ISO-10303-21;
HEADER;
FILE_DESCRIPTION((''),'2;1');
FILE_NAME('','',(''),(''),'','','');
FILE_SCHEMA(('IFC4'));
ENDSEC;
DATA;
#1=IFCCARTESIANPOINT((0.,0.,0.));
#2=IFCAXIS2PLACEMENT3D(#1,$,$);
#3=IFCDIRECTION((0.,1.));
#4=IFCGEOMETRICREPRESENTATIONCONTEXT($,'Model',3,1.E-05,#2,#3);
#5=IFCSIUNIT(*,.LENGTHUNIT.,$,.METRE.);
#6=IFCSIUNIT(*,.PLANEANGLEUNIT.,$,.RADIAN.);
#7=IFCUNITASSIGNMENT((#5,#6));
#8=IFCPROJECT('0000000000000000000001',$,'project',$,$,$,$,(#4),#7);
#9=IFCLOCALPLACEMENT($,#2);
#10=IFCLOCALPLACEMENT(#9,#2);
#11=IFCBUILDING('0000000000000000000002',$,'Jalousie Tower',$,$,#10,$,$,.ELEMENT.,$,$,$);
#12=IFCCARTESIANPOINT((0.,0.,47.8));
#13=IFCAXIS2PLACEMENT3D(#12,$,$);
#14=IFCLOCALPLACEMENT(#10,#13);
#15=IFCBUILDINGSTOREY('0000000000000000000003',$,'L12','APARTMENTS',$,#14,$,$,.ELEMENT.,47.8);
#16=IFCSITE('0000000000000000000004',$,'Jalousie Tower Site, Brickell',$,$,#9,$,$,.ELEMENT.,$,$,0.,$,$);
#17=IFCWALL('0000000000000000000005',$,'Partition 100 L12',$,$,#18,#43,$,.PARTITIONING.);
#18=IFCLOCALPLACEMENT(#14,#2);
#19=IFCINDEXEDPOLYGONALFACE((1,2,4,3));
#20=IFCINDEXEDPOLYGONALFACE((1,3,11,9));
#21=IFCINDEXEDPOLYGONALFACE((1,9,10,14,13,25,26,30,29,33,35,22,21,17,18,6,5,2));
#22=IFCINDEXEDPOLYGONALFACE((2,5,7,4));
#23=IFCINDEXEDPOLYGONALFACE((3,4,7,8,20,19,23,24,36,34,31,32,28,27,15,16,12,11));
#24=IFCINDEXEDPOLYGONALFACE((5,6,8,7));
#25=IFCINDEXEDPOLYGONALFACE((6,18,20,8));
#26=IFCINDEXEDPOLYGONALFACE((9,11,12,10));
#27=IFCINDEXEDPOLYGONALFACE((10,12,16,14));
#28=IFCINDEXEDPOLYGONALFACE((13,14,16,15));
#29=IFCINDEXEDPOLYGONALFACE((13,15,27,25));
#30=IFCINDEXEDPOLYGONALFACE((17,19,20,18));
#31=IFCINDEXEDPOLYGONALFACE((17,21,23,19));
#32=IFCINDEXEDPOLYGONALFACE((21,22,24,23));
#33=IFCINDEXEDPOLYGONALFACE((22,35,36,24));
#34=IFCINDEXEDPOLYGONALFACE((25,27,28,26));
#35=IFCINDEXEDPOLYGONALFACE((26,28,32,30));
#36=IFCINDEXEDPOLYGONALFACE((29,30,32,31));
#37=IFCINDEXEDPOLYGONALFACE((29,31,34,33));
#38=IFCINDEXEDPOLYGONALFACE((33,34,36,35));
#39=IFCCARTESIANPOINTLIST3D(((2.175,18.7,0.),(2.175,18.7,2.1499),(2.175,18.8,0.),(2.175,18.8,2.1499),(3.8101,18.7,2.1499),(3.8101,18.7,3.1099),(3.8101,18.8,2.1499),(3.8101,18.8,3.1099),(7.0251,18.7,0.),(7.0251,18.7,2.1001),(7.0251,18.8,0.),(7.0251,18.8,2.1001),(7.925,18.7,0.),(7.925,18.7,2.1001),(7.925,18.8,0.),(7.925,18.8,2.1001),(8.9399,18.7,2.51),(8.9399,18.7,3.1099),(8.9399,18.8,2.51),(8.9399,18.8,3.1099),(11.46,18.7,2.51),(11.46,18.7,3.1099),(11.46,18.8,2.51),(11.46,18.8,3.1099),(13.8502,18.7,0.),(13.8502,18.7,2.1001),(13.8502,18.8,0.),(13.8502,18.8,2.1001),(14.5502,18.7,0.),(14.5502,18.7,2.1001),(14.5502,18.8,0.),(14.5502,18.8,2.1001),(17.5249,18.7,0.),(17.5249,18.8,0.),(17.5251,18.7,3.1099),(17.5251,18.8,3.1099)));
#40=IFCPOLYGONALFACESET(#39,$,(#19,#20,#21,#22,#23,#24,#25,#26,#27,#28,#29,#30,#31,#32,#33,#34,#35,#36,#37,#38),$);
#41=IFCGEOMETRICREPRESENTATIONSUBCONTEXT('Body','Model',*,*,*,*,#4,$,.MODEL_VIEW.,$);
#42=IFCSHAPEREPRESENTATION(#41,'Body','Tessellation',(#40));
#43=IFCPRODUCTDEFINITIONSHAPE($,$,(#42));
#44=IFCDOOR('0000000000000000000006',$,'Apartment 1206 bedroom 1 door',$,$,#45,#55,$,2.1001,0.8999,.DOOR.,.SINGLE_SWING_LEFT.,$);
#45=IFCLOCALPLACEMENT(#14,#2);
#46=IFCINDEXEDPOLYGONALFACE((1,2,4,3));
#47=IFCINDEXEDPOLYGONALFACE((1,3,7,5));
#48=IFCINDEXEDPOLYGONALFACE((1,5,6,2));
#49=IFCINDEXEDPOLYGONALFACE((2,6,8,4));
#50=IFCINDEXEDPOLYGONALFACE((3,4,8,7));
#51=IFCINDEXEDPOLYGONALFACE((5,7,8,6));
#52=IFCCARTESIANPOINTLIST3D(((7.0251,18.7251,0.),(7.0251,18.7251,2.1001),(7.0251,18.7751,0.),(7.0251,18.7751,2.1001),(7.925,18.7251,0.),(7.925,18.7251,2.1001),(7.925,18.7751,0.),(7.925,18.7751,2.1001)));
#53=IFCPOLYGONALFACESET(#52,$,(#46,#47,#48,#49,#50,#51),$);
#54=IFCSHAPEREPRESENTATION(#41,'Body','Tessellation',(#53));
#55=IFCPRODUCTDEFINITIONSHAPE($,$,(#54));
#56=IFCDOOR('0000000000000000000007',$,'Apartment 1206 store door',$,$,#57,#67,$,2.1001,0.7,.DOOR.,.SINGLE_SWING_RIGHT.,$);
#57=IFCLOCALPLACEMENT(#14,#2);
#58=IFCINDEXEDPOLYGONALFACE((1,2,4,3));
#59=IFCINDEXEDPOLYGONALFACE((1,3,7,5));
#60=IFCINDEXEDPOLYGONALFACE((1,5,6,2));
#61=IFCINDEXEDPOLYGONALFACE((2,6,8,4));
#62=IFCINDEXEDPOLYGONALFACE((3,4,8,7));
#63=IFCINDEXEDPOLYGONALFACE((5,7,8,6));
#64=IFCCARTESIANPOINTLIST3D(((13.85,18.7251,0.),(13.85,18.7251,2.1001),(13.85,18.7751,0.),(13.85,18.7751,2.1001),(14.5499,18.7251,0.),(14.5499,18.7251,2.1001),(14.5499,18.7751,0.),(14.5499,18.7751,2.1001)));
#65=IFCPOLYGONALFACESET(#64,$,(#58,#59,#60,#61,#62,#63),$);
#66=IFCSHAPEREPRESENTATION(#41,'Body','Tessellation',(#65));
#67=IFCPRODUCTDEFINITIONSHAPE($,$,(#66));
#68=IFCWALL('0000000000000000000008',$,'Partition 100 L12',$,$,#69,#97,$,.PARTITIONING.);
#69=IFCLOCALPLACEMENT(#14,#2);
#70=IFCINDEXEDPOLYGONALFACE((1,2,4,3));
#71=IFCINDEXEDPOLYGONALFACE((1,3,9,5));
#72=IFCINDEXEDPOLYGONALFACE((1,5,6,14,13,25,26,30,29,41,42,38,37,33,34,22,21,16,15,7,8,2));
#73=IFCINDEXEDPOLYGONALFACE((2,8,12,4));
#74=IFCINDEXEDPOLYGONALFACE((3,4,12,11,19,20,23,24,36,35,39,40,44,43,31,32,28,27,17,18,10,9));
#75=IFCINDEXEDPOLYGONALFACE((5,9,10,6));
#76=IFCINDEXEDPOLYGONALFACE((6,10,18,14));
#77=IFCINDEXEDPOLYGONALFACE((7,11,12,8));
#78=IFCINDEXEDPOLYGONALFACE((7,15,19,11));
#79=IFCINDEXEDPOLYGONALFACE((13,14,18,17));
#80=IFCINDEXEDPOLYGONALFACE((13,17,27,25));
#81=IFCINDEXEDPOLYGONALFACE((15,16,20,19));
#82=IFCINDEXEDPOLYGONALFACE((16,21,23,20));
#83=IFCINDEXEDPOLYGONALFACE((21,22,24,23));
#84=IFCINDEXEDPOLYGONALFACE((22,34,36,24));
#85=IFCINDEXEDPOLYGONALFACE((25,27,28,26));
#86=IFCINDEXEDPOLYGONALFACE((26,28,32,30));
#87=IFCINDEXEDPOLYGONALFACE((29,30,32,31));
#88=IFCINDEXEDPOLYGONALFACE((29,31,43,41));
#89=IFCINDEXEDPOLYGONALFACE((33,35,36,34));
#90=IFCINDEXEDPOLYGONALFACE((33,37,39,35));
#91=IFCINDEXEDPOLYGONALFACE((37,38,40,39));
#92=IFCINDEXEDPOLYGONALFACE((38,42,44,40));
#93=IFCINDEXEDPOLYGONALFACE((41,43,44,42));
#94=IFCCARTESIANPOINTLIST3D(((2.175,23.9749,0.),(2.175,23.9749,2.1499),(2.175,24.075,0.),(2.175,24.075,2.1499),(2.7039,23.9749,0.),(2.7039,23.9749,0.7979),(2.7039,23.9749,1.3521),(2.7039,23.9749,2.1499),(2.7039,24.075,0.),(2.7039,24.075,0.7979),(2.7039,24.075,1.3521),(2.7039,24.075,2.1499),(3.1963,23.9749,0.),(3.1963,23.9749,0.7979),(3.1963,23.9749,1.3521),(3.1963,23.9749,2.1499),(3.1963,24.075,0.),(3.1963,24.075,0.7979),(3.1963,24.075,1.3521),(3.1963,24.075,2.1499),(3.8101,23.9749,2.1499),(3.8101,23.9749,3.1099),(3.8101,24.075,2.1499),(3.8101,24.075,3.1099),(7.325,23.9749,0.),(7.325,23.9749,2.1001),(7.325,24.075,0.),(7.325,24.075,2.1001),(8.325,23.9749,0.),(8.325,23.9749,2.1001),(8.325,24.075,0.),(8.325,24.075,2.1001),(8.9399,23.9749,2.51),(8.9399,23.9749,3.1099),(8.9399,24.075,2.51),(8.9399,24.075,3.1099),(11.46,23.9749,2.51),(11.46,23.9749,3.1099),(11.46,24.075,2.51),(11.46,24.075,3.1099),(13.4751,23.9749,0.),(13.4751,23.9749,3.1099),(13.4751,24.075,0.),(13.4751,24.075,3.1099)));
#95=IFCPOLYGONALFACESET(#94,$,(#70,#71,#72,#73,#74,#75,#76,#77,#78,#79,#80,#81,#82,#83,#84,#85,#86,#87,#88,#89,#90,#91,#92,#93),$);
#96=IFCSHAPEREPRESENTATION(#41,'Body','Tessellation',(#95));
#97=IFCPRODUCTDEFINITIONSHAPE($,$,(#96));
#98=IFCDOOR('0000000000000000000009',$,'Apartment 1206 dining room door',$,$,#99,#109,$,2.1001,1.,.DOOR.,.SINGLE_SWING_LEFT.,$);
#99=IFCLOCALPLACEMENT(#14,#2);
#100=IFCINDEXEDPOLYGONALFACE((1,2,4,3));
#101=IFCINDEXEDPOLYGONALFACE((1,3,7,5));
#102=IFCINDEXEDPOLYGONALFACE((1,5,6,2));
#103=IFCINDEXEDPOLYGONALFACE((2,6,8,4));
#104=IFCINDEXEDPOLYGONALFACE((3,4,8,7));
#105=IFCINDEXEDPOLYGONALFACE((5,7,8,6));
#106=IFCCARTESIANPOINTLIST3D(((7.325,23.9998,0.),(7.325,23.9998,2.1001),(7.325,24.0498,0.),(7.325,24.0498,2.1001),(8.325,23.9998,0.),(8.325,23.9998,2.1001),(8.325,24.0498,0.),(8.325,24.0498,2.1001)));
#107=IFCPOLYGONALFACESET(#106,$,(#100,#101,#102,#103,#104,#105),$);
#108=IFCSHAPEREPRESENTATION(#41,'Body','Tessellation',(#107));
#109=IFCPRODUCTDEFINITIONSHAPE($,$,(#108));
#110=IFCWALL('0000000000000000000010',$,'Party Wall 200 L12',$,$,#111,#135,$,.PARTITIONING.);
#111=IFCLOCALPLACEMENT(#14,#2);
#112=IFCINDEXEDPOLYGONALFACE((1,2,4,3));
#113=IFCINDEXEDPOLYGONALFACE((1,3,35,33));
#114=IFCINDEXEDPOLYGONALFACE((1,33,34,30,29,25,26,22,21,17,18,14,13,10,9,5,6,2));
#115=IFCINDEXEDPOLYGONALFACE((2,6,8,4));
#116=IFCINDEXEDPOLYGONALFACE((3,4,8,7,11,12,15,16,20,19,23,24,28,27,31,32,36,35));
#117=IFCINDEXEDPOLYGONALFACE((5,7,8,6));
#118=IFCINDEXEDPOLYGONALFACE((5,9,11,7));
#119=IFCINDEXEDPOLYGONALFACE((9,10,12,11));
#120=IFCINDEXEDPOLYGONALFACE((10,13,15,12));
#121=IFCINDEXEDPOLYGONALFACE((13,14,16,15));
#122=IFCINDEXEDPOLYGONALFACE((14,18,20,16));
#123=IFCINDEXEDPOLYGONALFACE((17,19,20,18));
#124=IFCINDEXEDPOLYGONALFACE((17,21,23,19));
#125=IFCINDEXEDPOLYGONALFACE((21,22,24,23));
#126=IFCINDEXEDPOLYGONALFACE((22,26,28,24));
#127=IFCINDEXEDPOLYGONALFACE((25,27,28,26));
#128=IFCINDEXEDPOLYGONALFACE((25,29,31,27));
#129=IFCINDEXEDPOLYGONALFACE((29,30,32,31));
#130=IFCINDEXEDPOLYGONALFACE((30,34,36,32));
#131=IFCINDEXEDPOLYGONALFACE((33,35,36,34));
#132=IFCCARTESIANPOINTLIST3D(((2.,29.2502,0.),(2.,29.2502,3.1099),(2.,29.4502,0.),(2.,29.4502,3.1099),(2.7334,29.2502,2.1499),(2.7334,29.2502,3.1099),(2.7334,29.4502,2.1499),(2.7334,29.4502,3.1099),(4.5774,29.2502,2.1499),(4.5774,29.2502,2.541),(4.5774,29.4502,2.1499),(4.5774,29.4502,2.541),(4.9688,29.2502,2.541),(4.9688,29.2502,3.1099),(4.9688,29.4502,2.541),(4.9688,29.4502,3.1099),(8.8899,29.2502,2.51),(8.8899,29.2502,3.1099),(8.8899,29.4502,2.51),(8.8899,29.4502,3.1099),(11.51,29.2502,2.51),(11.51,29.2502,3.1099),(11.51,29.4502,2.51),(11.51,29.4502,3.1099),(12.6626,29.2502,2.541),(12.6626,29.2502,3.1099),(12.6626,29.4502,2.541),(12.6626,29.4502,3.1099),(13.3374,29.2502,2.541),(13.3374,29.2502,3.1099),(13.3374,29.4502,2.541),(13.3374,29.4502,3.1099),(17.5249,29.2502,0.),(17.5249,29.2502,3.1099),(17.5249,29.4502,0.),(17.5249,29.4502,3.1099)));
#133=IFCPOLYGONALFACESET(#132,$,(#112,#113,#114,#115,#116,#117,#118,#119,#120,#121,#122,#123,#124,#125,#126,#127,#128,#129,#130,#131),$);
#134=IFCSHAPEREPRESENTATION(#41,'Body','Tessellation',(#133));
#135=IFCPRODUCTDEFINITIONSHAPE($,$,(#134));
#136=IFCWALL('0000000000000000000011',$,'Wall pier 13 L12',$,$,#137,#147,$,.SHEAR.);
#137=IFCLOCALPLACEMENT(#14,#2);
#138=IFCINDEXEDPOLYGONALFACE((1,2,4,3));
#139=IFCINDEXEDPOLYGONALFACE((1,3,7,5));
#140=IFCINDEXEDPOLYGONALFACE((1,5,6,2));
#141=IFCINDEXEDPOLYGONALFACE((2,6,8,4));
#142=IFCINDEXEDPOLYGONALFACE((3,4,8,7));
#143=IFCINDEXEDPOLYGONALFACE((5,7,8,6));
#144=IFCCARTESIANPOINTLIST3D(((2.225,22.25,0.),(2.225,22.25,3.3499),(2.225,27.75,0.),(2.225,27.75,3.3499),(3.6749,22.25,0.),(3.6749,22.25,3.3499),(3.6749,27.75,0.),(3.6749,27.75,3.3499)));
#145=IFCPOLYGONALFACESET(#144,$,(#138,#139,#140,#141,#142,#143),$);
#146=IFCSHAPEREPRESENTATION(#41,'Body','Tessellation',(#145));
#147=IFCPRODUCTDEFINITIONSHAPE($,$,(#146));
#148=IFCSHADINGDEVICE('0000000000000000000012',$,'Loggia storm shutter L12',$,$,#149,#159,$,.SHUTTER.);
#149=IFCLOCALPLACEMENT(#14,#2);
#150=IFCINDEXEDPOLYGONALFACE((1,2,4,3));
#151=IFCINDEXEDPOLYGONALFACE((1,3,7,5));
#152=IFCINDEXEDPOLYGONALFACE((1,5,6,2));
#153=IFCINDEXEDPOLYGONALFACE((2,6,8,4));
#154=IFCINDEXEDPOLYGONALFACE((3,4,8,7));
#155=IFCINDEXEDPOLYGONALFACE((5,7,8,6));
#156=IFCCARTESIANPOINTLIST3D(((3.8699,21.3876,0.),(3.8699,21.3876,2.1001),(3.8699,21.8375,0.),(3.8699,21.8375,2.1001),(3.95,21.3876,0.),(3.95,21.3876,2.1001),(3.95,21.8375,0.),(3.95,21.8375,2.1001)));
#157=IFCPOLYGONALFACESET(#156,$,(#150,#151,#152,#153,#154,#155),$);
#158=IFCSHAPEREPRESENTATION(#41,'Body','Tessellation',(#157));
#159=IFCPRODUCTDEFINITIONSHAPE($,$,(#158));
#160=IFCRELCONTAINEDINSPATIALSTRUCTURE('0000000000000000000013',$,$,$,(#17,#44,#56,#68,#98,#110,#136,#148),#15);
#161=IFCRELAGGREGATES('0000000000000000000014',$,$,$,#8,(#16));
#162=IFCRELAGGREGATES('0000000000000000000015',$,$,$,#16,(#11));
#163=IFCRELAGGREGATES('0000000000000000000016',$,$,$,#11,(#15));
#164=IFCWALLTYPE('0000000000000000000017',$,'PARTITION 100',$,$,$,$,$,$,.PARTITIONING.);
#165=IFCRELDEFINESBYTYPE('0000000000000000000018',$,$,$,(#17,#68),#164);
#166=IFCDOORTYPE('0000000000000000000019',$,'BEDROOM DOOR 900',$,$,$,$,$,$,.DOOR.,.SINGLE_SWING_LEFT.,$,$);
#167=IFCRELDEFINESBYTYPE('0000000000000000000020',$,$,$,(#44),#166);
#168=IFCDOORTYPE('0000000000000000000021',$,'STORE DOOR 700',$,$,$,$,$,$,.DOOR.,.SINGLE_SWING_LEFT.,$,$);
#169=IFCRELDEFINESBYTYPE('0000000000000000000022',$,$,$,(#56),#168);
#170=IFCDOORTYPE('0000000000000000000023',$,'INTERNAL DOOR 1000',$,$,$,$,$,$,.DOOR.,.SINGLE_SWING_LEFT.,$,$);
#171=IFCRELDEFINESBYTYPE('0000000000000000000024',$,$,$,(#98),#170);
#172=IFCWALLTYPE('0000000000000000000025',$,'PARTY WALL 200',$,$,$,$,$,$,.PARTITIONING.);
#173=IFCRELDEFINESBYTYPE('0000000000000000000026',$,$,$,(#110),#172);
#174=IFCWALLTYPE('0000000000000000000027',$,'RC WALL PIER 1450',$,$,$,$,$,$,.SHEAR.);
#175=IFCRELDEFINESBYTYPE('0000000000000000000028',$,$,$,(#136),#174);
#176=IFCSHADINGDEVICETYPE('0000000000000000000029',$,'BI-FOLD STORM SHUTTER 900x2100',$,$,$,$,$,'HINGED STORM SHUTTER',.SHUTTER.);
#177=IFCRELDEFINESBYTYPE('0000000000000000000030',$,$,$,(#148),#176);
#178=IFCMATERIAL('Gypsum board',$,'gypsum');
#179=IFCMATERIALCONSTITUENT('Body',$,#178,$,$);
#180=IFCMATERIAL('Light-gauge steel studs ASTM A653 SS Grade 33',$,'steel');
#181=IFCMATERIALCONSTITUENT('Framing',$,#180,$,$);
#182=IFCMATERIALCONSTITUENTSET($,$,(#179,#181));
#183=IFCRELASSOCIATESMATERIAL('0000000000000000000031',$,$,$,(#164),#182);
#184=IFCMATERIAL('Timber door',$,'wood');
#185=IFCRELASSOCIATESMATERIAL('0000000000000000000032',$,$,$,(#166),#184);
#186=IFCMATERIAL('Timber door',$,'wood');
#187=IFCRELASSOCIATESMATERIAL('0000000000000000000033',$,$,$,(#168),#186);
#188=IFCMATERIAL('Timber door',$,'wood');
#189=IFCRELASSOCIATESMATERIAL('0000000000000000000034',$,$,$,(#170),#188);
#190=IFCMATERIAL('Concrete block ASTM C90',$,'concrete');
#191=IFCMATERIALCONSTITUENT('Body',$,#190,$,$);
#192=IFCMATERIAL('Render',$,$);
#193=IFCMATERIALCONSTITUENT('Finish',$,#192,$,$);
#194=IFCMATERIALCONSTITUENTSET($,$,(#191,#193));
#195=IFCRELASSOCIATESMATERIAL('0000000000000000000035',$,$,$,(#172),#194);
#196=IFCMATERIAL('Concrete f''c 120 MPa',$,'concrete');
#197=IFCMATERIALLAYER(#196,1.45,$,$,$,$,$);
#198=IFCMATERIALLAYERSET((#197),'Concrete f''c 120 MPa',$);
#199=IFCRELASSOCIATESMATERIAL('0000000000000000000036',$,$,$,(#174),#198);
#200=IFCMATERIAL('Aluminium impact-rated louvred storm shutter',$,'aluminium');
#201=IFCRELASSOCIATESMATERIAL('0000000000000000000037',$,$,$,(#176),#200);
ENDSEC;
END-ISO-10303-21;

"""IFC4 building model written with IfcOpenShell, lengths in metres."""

from ifc_helpers import new_model, si_unit, direction, frame, frame_2d, origin, origin_2d, place, context, subcontext, project, spatial, polyline, rectangle, outline, extrude, material, layer, layer_set, constituent, constituent_set, type_object, element, fill, save


model = new_model("IFC4")

# Units and contexts
model_context = context("Model", 3, precision=1e-05, world=origin(), true_north=direction((0.0, 1.0)))
body_context = subcontext(model_context, "Body", "Model", "MODEL_VIEW")
ifc_project = project(units=[si_unit("LENGTHUNIT", "METRE"), si_unit("PLANEANGLEUNIT", "RADIAN")], contexts=[model_context])

# Site, building, storey
site_placement = place(None, origin())
site = spatial("IfcSite", under=ifc_project, at=site_placement, Name="Jalousie Tower Site, Brickell", CompositionType="ELEMENT", RefElevation=0.0)
building_placement = place(site_placement, origin())
building = spatial("IfcBuilding", under=site, at=building_placement, Name="Jalousie Tower", CompositionType="ELEMENT")
storey_placement = place(building_placement, frame((0.0, 0.0, 47.8)))
storey = spatial("IfcBuildingStorey", under=building, at=storey_placement, Name="L12", Description="APARTMENTS", CompositionType="ELEMENT", Elevation=47.8)

# Wall, openings, doors
ifc_material_1 = material(Name="Gypsum board", Category="gypsum")
ifc_constituent_1 = constituent(ifc_material_1, Name="Body")
ifc_material_2 = material(Name="Light-gauge steel studs ASTM A653 SS Grade 33", Category="steel")
ifc_constituent_2 = constituent(ifc_material_2, Name="Framing")
ifc_constituent_set_1 = constituent_set(constituents=[ifc_constituent_1, ifc_constituent_2])
wall_type_1 = type_object("IfcWallType", Name="PARTITION 100", PredefinedType="PARTITIONING", material=ifc_constituent_set_1)
wall_1_placement = place(storey_placement, frame((2.175, 18.75, 0.0), z_axis=(0.0, 0.0, 1.0), x_axis=(1.0, 0.0, 0.0)))
wall_1 = element("IfcWall", 1, at=wall_1_placement, inside=storey, type_object=wall_type_1, Name="Partition 100 L12", PredefinedType="PARTITIONING", context=body_context, shape_type="SweptSolid", body=[
    extrude(outline(polyline([(0.0, 0.0), (15.3499, 0.0), (15.3501, 3.1099), (9.2849, 3.1099), (9.2849, 2.51), (6.7649, 2.51), (6.7649, 3.1099), (1.635, 3.1099), (1.635, 2.1499), (0.0, 2.1499), (0.0, 3.1099), (0.0, 0.0)])), frame((0.0, 0.05, 0.0), z_axis=(0.0, -1.0, 0.0), x_axis=(1.0, 0.0, 0.0)), (0.0, 0.0, 1.0), 0.1001),
])
opening_1_placement = place(wall_1_placement, frame((4.8501, 0.0, 0.0)))
opening_1 = element("IfcOpeningElement", 2, at=opening_1_placement, cuts=wall_1, PredefinedType="OPENING", context=body_context, shape_type="SweptSolid", body=[
    extrude(rectangle(XDim=0.8999, YDim=2.1001, at=frame_2d((0.45, 1.05))), frame((0.0, 0.0601, 0.0), z_axis=(0.0, -1.0, 0.0), x_axis=(1.0, 0.0, 0.0)), (0.0, 0.0, 1.0), 0.1201),
])
opening_2_placement = place(wall_1_placement, frame((11.675, 0.0, 0.0)))
opening_2 = element("IfcOpeningElement", 3, at=opening_2_placement, cuts=wall_1, PredefinedType="OPENING", context=body_context, shape_type="SweptSolid", body=[
    extrude(rectangle(XDim=0.7, YDim=2.1001, at=frame_2d((0.3501, 1.05))), frame((0.0, 0.0601, 0.0), z_axis=(0.0, -1.0, 0.0), x_axis=(1.0, 0.0, 0.0)), (0.0, 0.0, 1.0), 0.1201),
])
ifc_material_3 = material(Name="Timber door", Category="wood")
door_type_1 = type_object("IfcDoorType", Name="BEDROOM DOOR 900", OperationType="SINGLE_SWING_LEFT", PredefinedType="DOOR", material=ifc_material_3)
door_1_placement = place(opening_1_placement, frame((0.8999, 0.0, 0.0), z_axis=(0.0, 0.0, 1.0), x_axis=(-1.0, 0.0, 0.0)))
door_1 = element("IfcDoor", 4, at=door_1_placement, inside=storey, type_object=door_type_1, Name="Apartment 1206 bedroom 1 door", OperationType="SINGLE_SWING_LEFT", OverallHeight=2.1001, OverallWidth=0.8999, PredefinedType="DOOR", context=body_context, shape_type="SweptSolid", body=[
    extrude(rectangle(XDim=0.8999, YDim=2.1001, at=frame_2d((0.45, 1.05))), frame((0.0, 0.0249, 0.0), z_axis=(0.0, -1.0, 0.0), x_axis=(1.0, 0.0, 0.0)), (0.0, 0.0, 1.0), 0.05),
])
fill(opening_1, door_1)
ifc_material_4 = material(Name="Timber door", Category="wood")
door_type_2 = type_object("IfcDoorType", Name="STORE DOOR 700", OperationType="SINGLE_SWING_LEFT", PredefinedType="DOOR", material=ifc_material_4)
door_2_placement = place(opening_2_placement, frame((0.7, 0.0, 0.0), z_axis=(0.0, 0.0, 1.0), x_axis=(-1.0, 0.0, 0.0)))
door_2 = element("IfcDoor", 5, at=door_2_placement, inside=storey, type_object=door_type_2, Name="Apartment 1206 store door", OperationType="SINGLE_SWING_RIGHT", OverallHeight=2.1001, OverallWidth=0.7, PredefinedType="DOOR", context=body_context, shape_type="SweptSolid", body=[
    extrude(rectangle(XDim=0.7, YDim=2.1001, at=frame_2d((0.3501, 1.05))), frame((0.0, 0.0249, 0.0), z_axis=(0.0, -1.0, 0.0), x_axis=(1.0, 0.0, 0.0)), (0.0, 0.0, 1.0), 0.05),
])
fill(opening_2, door_2)

# Wall, opening, door
wall_2_placement = place(storey_placement, frame((2.175, 24.0249, 0.0), z_axis=(0.0, 0.0, 1.0), x_axis=(1.0, 0.0, 0.0)))
wall_2 = element("IfcWall", 6, at=wall_2_placement, inside=storey, type_object=wall_type_1, Name="Partition 100 L12", PredefinedType="PARTITIONING", context=body_context, shape_type="SweptSolid", body=[
    extrude(outline(polyline([(0.5288, 2.1499), (0.0, 2.1499), (0.0, 0.0), (0.5288, 0.0), (0.5288, 0.7979), (1.0212, 0.7979), (1.0212, 0.0), (11.3, 0.0), (11.3, 3.1099), (9.2849, 3.1099), (9.2849, 2.51), (6.7649, 2.51), (6.7649, 3.1099), (1.635, 3.1099), (1.635, 2.1499), (1.0212, 2.1499), (1.0212, 1.3521), (0.5288, 1.3521), (0.5288, 2.1499)])), frame((0.0, 0.05, 0.0), z_axis=(0.0, -1.0, 0.0), x_axis=(1.0, 0.0, 0.0)), (0.0, 0.0, 1.0), 0.1001),
])
opening_3_placement = place(wall_2_placement, frame((5.1499, 0.0, 0.0)))
opening_3 = element("IfcOpeningElement", 7, at=opening_3_placement, cuts=wall_2, PredefinedType="OPENING", context=body_context, shape_type="SweptSolid", body=[
    extrude(rectangle(XDim=1.0, YDim=2.1001, at=frame_2d((0.5, 1.05))), frame((0.0, 0.0601, 0.0), z_axis=(0.0, -1.0, 0.0), x_axis=(1.0, 0.0, 0.0)), (0.0, 0.0, 1.0), 0.1201),
])
ifc_material_5 = material(Name="Timber door", Category="wood")
door_type_3 = type_object("IfcDoorType", Name="INTERNAL DOOR 1000", OperationType="SINGLE_SWING_LEFT", PredefinedType="DOOR", material=ifc_material_5)
door_3_placement = place(opening_3_placement, origin())
door_3 = element("IfcDoor", 8, at=door_3_placement, inside=storey, type_object=door_type_3, Name="Apartment 1206 dining room door", OperationType="SINGLE_SWING_LEFT", OverallHeight=2.1001, OverallWidth=1.0, PredefinedType="DOOR", context=body_context, shape_type="SweptSolid", body=[
    extrude(rectangle(XDim=1.0, YDim=2.1001, at=frame_2d((0.5, 1.05))), frame((0.0, 0.0249, 0.0), z_axis=(0.0, -1.0, 0.0), x_axis=(1.0, 0.0, 0.0)), (0.0, 0.0, 1.0), 0.05),
])
fill(opening_3, door_3)

# Walls
ifc_material_6 = material(Name="Concrete block ASTM C90", Category="concrete")
ifc_constituent_3 = constituent(ifc_material_6, Name="Body")
ifc_material_7 = material(Name="Render")
ifc_constituent_4 = constituent(ifc_material_7, Name="Finish")
ifc_constituent_set_2 = constituent_set(constituents=[ifc_constituent_3, ifc_constituent_4])
wall_type_2 = type_object("IfcWallType", Name="PARTY WALL 200", PredefinedType="PARTITIONING", material=ifc_constituent_set_2)
wall_3_placement = place(storey_placement, frame((2.0, 29.3501, 0.0), z_axis=(0.0, 0.0, 1.0), x_axis=(1.0, 0.0, 0.0)))
element("IfcWall", 9, at=wall_3_placement, inside=storey, type_object=wall_type_2, Name="Party Wall 200 L12", PredefinedType="PARTITIONING", context=body_context, shape_type="SweptSolid", body=[
    extrude(outline(polyline([(0.0, 0.0), (15.5249, 0.0), (15.5249, 3.1099), (11.3374, 3.1099), (11.3374, 2.541), (10.6626, 2.541), (10.6626, 3.1099), (9.51, 3.1099), (9.51, 2.51), (6.8899, 2.51), (6.8899, 3.1099), (2.9688, 3.1099), (2.9688, 2.541), (2.5774, 2.541), (2.5774, 2.1499), (0.7334, 2.1499), (0.7334, 3.1099), (0.0, 3.1099), (0.0, 0.0)])), frame((0.0, 0.1001, 0.0), z_axis=(0.0, -1.0, 0.0), x_axis=(1.0, 0.0, 0.0)), (0.0, 0.0, 1.0), 0.2),
])
ifc_material_8 = material(Name="Concrete f'c 120 MPa", Category="concrete")
ifc_layer_1 = layer(ifc_material_8, 1.45)
ifc_layer_set_1 = layer_set([ifc_layer_1], Name="Concrete f'c 120 MPa")
wall_type_3 = type_object("IfcWallType", Name="RC WALL PIER 1450", PredefinedType="SHEAR", material=ifc_layer_set_1)
wall_4_placement = place(storey_placement, frame((2.95, 22.25, 0.0), z_axis=(0.0, 0.0, 1.0), x_axis=(0.0, 1.0, 0.0)))
element("IfcWall", 10, at=wall_4_placement, inside=storey, type_object=wall_type_3, Name="Wall pier 13 L12", PredefinedType="SHEAR", context=body_context, shape_type="SweptSolid", body=[
    extrude(rectangle(XDim=5.5, YDim=1.45, at=frame_2d((2.75, 0.0))), origin(), (0.0, 0.0, 1.0), 3.3499),
])

# Shading device
ifc_material_9 = material(Name="Aluminium impact-rated louvred storm shutter", Category="aluminium")
shading_device_type_1 = type_object("IfcShadingDeviceType", Name="BI-FOLD STORM SHUTTER 900x2100", ElementType="HINGED STORM SHUTTER", PredefinedType="SHUTTER", material=ifc_material_9)
for number, where, z_axis, x_axis, name in (
    (11, (3.9099, 21.6125, 0.0), (0.0, 0.0, 1.0), (0.0, -1.0, 0.0), "Loggia storm shutter L12"),
):
    element("IfcShadingDevice", number, at=place(storey_placement, frame(where, z_axis=z_axis, x_axis=x_axis)), inside=storey, type_object=shading_device_type_1, Name=name, PredefinedType="SHUTTER", context=body_context, shape_type="SweptSolid", body=[
        extrude(rectangle(XDim=0.45, YDim=0.0801, at=origin_2d()), origin(), (0.0, 0.0, 1.0), 2.1001),
    ])

save(model, "model.ifc")
